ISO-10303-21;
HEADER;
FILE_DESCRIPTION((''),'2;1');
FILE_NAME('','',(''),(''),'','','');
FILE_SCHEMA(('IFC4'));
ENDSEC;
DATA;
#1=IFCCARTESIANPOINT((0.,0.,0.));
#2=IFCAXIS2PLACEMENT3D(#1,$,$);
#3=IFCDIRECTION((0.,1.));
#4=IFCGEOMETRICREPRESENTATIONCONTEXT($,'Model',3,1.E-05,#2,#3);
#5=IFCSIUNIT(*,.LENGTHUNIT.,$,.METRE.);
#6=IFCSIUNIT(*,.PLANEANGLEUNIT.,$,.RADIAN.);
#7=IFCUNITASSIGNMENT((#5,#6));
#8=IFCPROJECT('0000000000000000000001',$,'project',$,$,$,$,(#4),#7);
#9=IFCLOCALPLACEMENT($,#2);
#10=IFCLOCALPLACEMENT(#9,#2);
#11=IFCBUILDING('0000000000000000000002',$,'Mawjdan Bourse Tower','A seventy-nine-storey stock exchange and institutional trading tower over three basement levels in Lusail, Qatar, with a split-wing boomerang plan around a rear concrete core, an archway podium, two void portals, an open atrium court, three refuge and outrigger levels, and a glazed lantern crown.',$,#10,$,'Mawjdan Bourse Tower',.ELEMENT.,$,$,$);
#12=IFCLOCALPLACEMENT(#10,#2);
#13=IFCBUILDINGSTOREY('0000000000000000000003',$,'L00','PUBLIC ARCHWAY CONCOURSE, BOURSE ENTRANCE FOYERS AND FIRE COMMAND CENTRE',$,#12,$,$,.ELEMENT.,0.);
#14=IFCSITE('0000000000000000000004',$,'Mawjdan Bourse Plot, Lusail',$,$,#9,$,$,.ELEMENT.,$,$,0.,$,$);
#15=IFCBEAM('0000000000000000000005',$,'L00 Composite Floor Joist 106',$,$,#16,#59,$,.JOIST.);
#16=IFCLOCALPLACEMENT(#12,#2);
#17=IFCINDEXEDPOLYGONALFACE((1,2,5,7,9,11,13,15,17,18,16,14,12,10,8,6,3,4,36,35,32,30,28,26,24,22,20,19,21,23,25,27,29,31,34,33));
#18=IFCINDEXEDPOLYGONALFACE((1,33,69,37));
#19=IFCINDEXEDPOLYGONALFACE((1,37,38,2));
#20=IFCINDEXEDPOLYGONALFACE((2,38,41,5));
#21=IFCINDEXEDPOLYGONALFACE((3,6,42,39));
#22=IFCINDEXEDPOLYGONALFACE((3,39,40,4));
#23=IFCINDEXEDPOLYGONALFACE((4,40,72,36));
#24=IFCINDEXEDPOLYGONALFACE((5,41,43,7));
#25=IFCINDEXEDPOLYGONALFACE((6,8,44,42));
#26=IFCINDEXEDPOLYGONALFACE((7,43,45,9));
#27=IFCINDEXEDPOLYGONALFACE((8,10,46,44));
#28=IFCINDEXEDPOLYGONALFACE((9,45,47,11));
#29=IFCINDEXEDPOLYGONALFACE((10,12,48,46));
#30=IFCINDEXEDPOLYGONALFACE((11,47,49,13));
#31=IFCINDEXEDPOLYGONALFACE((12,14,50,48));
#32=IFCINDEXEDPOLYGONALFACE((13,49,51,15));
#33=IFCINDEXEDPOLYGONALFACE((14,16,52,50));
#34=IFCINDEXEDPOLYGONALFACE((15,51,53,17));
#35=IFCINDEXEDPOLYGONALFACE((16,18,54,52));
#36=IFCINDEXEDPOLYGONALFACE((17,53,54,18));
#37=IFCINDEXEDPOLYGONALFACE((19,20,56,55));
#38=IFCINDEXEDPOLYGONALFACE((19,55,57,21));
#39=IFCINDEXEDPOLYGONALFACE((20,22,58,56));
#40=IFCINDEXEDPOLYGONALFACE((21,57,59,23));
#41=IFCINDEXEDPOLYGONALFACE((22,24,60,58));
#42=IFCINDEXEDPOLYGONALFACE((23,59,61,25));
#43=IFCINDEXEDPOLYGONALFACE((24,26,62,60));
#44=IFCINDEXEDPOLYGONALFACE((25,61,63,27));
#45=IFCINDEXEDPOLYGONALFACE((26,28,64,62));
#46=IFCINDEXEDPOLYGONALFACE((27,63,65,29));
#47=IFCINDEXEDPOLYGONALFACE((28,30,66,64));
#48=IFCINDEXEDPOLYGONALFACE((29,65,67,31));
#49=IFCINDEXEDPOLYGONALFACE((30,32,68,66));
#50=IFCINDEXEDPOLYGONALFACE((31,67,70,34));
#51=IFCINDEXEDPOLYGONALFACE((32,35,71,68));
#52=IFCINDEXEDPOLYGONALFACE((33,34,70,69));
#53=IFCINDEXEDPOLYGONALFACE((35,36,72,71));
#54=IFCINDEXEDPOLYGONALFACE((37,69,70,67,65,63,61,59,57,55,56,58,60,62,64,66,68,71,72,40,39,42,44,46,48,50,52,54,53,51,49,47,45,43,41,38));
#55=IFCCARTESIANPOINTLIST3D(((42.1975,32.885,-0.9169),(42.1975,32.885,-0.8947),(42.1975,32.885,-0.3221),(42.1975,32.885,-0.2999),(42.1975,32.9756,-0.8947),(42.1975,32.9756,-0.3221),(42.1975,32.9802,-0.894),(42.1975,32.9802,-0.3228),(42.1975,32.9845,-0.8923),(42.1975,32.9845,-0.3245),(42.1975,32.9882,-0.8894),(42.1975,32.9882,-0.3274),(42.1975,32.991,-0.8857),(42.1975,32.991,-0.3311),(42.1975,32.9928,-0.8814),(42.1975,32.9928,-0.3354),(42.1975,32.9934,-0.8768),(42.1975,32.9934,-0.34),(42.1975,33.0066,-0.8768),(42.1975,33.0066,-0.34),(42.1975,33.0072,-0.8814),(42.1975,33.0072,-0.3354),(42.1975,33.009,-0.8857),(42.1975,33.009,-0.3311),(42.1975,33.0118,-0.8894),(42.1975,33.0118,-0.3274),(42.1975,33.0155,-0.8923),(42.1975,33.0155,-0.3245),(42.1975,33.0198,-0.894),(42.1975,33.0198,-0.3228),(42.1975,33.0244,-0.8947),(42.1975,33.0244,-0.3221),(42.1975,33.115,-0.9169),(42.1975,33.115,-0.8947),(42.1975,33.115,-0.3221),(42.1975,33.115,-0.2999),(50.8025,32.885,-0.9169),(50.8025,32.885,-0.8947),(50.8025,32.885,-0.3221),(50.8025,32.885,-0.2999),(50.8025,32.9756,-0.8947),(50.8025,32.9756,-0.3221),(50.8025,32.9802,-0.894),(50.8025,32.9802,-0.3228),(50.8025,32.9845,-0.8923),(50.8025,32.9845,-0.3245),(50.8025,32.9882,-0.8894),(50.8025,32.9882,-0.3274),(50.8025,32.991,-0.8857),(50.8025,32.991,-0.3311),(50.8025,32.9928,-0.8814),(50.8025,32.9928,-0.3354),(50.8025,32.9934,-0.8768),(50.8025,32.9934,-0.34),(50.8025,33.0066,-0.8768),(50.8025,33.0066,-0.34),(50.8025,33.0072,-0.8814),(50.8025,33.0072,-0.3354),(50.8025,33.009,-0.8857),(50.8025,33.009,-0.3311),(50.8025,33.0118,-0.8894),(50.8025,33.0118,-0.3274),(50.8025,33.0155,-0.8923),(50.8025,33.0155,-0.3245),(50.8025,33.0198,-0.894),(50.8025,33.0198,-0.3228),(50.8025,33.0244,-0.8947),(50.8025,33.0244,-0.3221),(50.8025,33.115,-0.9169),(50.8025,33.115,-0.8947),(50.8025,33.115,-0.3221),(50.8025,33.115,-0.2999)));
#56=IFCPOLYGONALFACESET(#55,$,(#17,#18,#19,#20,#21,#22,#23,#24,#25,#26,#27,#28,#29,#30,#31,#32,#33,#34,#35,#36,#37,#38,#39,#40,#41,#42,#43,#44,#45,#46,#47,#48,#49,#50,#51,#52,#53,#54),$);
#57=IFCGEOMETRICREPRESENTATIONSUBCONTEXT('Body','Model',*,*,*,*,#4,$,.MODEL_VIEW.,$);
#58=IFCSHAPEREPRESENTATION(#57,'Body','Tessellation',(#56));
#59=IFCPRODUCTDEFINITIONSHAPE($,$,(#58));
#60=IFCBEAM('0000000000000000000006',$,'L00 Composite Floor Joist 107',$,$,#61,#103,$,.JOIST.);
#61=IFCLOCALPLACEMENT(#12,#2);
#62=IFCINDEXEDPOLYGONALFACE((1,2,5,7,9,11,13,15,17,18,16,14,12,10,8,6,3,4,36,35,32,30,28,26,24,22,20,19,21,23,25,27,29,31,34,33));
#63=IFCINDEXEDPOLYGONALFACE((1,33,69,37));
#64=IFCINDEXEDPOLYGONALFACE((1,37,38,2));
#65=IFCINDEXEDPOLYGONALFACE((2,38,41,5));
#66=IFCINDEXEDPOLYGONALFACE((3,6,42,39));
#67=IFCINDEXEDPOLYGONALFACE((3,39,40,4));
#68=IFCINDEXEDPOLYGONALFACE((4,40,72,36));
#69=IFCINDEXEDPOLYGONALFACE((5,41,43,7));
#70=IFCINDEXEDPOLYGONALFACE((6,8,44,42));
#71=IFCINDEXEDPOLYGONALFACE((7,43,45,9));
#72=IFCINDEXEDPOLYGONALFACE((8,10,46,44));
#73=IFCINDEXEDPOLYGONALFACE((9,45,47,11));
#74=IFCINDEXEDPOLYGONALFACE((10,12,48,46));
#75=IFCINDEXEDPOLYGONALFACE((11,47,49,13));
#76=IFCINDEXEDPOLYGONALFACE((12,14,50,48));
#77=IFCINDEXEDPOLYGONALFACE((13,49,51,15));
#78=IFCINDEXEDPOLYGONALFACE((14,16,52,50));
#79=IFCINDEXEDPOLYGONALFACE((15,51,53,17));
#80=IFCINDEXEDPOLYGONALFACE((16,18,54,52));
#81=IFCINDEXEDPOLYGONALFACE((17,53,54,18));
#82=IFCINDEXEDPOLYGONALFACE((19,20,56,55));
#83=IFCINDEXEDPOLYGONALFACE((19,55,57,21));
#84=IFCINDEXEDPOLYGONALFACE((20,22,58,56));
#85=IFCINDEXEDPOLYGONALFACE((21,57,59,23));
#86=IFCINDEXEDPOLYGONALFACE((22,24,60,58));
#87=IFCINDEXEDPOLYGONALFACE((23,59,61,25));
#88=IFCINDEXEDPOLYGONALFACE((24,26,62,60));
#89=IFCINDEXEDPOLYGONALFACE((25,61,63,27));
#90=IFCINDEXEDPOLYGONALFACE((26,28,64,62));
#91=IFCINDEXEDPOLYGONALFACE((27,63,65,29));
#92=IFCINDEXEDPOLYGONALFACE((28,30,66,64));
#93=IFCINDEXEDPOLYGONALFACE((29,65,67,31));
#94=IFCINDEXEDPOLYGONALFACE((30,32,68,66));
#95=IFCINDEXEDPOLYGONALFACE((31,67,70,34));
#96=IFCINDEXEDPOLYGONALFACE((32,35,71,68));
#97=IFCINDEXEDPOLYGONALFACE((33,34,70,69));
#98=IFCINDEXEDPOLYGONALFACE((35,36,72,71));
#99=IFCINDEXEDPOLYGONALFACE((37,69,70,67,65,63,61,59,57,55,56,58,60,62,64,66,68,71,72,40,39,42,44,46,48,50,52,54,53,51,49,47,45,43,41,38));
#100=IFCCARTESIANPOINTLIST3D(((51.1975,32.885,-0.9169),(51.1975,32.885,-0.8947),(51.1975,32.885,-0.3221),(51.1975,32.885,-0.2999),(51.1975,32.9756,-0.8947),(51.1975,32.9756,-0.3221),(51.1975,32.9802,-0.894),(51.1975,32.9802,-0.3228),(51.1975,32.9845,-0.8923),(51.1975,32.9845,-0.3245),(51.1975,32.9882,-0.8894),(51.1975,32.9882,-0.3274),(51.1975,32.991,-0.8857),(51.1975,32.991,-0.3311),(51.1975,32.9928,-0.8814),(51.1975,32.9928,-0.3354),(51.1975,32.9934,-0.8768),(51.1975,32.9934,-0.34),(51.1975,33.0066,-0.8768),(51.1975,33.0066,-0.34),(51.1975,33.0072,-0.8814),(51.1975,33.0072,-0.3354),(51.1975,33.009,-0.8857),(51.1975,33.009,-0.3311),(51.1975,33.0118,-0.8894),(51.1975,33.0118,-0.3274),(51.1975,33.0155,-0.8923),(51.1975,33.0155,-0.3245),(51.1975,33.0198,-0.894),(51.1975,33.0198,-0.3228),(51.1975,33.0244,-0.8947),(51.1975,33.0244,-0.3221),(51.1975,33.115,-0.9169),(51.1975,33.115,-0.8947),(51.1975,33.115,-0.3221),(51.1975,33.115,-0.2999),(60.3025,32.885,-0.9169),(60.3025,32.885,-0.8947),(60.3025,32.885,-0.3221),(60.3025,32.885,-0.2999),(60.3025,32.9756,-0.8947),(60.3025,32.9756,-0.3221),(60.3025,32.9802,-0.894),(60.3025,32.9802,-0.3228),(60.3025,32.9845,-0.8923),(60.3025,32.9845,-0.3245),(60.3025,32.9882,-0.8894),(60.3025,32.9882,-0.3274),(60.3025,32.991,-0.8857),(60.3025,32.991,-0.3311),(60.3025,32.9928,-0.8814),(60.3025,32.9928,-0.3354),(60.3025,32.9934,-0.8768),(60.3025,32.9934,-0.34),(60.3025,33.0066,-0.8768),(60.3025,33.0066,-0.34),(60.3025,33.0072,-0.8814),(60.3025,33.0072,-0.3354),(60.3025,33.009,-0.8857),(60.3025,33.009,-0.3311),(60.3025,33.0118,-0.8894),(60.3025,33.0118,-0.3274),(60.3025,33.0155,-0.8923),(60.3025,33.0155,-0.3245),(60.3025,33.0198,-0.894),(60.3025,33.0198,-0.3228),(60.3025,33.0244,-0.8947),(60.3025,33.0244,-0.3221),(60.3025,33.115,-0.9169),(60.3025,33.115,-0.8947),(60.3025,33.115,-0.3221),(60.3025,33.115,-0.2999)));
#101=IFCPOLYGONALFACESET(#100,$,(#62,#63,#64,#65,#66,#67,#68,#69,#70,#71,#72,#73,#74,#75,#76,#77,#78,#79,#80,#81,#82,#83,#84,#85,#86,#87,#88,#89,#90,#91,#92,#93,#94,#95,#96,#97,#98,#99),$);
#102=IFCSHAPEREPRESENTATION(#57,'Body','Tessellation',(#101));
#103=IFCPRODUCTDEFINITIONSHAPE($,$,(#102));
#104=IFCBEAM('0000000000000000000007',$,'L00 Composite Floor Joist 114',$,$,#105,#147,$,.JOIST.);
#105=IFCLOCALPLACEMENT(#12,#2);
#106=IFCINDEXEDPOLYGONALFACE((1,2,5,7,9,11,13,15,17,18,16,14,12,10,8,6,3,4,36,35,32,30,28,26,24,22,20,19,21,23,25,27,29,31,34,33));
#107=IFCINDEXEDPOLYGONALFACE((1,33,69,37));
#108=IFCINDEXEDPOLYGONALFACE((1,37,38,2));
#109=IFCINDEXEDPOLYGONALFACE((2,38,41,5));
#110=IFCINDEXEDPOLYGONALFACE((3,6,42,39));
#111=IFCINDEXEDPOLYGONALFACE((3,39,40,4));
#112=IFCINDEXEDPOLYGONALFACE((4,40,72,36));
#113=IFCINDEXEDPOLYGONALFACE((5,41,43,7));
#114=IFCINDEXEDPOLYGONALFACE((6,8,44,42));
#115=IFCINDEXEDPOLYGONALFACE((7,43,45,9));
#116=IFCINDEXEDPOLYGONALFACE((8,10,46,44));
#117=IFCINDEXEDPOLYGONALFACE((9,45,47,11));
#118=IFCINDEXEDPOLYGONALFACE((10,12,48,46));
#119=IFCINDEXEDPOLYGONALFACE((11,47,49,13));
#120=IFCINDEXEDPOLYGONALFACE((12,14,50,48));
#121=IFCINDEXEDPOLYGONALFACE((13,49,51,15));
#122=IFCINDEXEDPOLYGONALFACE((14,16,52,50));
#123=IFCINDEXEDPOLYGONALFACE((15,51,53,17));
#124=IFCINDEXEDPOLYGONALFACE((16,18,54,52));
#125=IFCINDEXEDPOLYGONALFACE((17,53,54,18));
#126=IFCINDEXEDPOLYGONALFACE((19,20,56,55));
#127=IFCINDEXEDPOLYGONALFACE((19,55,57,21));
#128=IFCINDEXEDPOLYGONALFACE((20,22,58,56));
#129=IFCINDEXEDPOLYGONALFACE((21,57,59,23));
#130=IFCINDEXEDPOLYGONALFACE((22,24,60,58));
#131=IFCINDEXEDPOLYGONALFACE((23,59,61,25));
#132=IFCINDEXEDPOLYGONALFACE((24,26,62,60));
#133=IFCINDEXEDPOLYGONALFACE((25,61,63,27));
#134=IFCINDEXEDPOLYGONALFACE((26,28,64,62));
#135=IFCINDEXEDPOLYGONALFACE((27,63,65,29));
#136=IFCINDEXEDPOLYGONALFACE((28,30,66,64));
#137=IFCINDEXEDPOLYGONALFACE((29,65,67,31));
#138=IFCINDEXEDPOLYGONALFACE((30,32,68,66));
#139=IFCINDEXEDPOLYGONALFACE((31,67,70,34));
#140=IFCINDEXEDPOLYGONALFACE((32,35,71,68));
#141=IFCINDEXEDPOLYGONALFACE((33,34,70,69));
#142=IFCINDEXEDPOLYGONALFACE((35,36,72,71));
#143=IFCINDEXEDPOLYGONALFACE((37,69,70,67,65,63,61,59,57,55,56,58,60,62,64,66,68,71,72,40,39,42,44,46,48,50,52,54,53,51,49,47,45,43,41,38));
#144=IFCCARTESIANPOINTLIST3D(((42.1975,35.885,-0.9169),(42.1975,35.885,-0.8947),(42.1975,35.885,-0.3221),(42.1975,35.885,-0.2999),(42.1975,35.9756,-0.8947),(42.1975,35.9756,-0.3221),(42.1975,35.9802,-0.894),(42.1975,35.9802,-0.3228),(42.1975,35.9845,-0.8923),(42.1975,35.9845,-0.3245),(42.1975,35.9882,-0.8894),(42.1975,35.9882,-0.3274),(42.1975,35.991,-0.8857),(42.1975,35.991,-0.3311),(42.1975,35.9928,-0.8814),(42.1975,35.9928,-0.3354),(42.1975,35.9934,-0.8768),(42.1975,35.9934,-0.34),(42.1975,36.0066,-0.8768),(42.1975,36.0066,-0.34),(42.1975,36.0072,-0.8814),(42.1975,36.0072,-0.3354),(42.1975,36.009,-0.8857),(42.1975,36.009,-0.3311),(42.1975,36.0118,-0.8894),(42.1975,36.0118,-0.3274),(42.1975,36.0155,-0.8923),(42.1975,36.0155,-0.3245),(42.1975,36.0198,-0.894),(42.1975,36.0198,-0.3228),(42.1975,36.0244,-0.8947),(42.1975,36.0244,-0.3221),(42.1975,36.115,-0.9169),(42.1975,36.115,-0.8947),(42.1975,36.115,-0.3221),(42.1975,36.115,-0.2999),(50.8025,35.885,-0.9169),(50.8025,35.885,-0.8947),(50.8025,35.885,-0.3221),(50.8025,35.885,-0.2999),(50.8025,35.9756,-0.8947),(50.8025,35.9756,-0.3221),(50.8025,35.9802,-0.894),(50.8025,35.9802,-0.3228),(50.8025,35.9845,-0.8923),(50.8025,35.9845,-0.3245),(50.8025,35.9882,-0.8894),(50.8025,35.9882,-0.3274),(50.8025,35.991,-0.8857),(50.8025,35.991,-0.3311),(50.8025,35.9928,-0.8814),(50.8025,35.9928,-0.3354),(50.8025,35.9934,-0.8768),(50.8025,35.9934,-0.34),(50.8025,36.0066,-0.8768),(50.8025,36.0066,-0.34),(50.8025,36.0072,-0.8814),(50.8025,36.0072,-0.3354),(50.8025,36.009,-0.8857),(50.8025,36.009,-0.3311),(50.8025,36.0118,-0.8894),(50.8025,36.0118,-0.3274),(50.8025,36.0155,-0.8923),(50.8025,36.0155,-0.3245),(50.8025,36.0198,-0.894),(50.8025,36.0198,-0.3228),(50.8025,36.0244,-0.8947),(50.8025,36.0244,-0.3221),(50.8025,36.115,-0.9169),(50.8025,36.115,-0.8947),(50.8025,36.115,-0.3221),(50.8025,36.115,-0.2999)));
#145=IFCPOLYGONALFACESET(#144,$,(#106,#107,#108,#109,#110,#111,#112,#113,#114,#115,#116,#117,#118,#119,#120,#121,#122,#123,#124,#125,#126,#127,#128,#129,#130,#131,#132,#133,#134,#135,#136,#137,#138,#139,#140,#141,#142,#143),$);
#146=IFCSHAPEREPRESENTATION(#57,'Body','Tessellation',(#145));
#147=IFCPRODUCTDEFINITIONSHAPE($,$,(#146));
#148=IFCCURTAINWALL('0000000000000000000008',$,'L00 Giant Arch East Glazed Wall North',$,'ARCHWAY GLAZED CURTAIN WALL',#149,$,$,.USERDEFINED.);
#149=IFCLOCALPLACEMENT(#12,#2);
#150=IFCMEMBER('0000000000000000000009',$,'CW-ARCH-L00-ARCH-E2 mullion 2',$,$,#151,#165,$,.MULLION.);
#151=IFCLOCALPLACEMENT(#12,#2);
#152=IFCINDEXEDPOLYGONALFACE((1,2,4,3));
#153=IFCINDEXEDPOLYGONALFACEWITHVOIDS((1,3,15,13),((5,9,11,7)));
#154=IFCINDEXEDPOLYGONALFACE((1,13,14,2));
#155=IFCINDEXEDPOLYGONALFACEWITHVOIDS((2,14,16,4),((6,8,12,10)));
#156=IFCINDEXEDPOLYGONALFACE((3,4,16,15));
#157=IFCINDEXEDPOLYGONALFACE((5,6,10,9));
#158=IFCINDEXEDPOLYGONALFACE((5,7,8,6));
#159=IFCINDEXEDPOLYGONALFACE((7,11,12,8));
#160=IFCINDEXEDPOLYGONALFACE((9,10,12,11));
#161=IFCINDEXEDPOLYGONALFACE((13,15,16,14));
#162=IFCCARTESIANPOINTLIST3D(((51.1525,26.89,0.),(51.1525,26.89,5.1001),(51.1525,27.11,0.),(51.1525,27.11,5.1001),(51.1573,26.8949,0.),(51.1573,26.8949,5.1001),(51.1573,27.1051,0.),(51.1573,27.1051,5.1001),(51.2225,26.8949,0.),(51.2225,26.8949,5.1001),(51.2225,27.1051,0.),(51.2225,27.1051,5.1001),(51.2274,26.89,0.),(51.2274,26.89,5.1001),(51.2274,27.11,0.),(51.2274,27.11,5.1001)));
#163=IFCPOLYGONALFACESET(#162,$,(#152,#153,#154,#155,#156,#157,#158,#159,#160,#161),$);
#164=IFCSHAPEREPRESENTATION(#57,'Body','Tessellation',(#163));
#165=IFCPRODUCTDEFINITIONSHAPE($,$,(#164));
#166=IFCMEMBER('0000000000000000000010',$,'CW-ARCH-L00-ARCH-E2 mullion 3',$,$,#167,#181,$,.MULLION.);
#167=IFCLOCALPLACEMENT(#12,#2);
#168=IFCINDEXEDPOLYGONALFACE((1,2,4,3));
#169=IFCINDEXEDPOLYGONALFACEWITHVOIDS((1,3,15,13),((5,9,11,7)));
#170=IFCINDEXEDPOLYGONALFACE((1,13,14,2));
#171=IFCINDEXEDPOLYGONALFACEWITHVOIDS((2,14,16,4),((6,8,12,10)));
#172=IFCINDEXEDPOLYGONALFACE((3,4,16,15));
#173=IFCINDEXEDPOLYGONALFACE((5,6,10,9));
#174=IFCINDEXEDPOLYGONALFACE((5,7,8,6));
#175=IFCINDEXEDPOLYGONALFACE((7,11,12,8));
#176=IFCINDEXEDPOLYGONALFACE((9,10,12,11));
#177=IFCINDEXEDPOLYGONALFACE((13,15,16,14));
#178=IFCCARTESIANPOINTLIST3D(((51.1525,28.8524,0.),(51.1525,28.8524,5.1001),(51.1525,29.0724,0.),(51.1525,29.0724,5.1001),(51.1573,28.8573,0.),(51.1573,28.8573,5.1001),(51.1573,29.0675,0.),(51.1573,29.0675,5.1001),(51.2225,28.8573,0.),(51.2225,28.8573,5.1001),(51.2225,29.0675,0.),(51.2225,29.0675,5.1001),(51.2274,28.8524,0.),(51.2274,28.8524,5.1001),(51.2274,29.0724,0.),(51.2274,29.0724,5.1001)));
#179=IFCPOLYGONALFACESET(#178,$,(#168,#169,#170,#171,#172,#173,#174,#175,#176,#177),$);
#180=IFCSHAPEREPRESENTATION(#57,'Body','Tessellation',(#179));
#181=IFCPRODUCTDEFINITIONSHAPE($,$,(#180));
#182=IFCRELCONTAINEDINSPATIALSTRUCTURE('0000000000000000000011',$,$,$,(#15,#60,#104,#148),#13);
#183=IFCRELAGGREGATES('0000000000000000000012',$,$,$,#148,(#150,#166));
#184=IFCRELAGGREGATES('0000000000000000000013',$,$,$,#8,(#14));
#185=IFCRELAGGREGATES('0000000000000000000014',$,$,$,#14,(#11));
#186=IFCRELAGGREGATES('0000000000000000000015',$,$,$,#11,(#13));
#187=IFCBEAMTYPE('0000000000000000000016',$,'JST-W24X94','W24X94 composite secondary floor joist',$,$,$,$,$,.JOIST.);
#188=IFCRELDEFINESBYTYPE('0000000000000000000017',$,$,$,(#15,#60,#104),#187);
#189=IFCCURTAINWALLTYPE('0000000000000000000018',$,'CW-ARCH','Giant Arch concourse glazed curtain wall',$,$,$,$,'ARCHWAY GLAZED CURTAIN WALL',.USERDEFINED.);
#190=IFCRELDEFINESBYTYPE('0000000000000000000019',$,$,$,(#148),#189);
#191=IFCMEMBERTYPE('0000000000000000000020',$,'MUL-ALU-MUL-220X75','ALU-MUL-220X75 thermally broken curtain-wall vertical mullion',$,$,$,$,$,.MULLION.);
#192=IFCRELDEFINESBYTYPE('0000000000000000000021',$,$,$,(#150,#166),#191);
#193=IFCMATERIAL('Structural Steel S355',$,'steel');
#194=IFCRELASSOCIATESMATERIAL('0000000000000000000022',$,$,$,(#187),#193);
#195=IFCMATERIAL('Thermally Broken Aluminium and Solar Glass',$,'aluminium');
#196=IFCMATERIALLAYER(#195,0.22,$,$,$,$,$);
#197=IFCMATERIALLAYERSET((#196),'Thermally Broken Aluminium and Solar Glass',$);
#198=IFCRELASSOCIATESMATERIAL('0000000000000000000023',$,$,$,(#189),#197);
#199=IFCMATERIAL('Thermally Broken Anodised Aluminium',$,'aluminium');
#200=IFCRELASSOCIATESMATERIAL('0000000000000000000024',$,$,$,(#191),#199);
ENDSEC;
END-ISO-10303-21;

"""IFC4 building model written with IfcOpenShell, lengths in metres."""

from ifc_helpers import new_model, si_unit, direction, frame, origin, origin_2d, place, context, subcontext, project, spatial, hollow_rectangle, i_section, extrude, material, layer, layer_set, material_profile, profile_set, type_object, element, aggregate, save


model = new_model("IFC4")

# Units and contexts
model_context = context("Model", 3, precision=1e-05, world=origin(), true_north=direction((0.0, 1.0)))
body_context = subcontext(model_context, "Body", "Model", "MODEL_VIEW")
ifc_project = project(units=[si_unit("LENGTHUNIT", "METRE"), si_unit("PLANEANGLEUNIT", "RADIAN")], contexts=[model_context])

# Site, building, storey
site_placement = place(None, origin())
site = spatial("IfcSite", under=ifc_project, at=site_placement, Name="Mawjdan Bourse Plot, Lusail", CompositionType="ELEMENT", RefElevation=0.0)
building_placement = place(site_placement, origin())
building = spatial("IfcBuilding", under=site, at=building_placement, Name="Mawjdan Bourse Tower", Description="A seventy-nine-storey stock exchange and institutional trading tower over three basement levels in Lusail, Qatar, with a split-wing boomerang plan around a rear concrete core, an archway podium, two void portals, an open atrium court, three refuge and outrigger levels, and a glazed lantern crown.", LongName="Mawjdan Bourse Tower", CompositionType="ELEMENT")
storey_placement = place(building_placement, origin())
storey = spatial("IfcBuildingStorey", under=building, at=storey_placement, Name="L00", Description="PUBLIC ARCHWAY CONCOURSE, BOURSE ENTRANCE FOYERS AND FIRE COMMAND CENTRE", CompositionType="ELEMENT", Elevation=0.0)

# Beams
ifc_material_1 = material(Name="Structural Steel S355", Category="steel")
ifc_material_profile_1 = material_profile(ifc_material_1, i_section(OverallWidth=0.23, OverallDepth=0.6169, WebThickness=0.0132, FlangeThickness=0.0222, FilletRadius=0.0178, at=origin_2d()), Name="W24X94")
ifc_profile_set_1 = profile_set([ifc_material_profile_1], Name="Structural Steel S355")
beam_type_1 = type_object("IfcBeamType", Name="JST-W24X94", Description="W24X94 composite secondary floor joist", PredefinedType="JOIST", material=ifc_profile_set_1)
beam_1_placement = place(storey_placement, frame((42.1975, 33.0, -0.6084), z_axis=(1.0, 0.0, 0.0), x_axis=(0.0, 1.0, 0.0)))
element("IfcBeam", 1, at=beam_1_placement, inside=storey, type_object=beam_type_1, Name="L00 Composite Floor Joist 106", PredefinedType="JOIST", context=body_context, shape_type="SweptSolid", body=[
    extrude(i_section(OverallWidth=0.23, OverallDepth=0.6169, WebThickness=0.0132, FlangeThickness=0.0222, FilletRadius=0.0178, at=origin_2d()), origin(), (0.0, 0.0, 1.0), 8.605),
])
beam_2_placement = place(storey_placement, frame((51.1975, 33.0, -0.6084), z_axis=(1.0, 0.0, 0.0), x_axis=(0.0, 1.0, 0.0)))
element("IfcBeam", 2, at=beam_2_placement, inside=storey, type_object=beam_type_1, Name="L00 Composite Floor Joist 107", PredefinedType="JOIST", context=body_context, shape_type="SweptSolid", body=[
    extrude(i_section(OverallWidth=0.23, OverallDepth=0.6169, WebThickness=0.0132, FlangeThickness=0.0222, FilletRadius=0.0178, at=origin_2d()), origin(), (0.0, 0.0, 1.0), 9.105),
])
beam_3_placement = place(storey_placement, frame((42.1975, 36.0, -0.6084), z_axis=(1.0, 0.0, 0.0), x_axis=(0.0, 1.0, 0.0)))
element("IfcBeam", 3, at=beam_3_placement, inside=storey, type_object=beam_type_1, Name="L00 Composite Floor Joist 114", PredefinedType="JOIST", context=body_context, shape_type="SweptSolid", body=[
    extrude(i_section(OverallWidth=0.23, OverallDepth=0.6169, WebThickness=0.0132, FlangeThickness=0.0222, FilletRadius=0.0178, at=origin_2d()), origin(), (0.0, 0.0, 1.0), 8.605),
])

# Curtain wall, members
ifc_material_2 = material(Name="Thermally Broken Aluminium and Solar Glass", Category="aluminium")
ifc_layer_1 = layer(ifc_material_2, 0.22)
ifc_layer_set_1 = layer_set([ifc_layer_1], Name="Thermally Broken Aluminium and Solar Glass")
curtain_wall_type = type_object("IfcCurtainWallType", Name="CW-ARCH", Description="Giant Arch concourse glazed curtain wall", ElementType="ARCHWAY GLAZED CURTAIN WALL", PredefinedType="USERDEFINED", material=ifc_layer_set_1)
curtain_wall_placement = place(storey_placement, origin())
curtain_wall = element("IfcCurtainWall", 4, at=curtain_wall_placement, inside=storey, type_object=curtain_wall_type, Name="L00 Giant Arch East Glazed Wall North", ObjectType="ARCHWAY GLAZED CURTAIN WALL", PredefinedType="USERDEFINED")
ifc_material_3 = material(Name="Thermally Broken Anodised Aluminium", Category="aluminium")
ifc_material_profile_2 = material_profile(ifc_material_3, hollow_rectangle(XDim=0.075, YDim=0.22, WallThickness=0.0049, at=origin_2d()), Name="ALU-MUL-220X75")
ifc_profile_set_2 = profile_set([ifc_material_profile_2], Name="Thermally Broken Anodised Aluminium")
member_type_1 = type_object("IfcMemberType", Name="MUL-ALU-MUL-220X75", Description="ALU-MUL-220X75 thermally broken curtain-wall vertical mullion", PredefinedType="MULLION", material=ifc_profile_set_2)
member_1_placement = place(storey_placement, frame((51.1899, 27.0, 0.0), z_axis=(0.0, 0.0, 1.0), x_axis=(-1.0, 0.0, 0.0)))
member_1 = element("IfcMember", 5, at=member_1_placement, type_object=member_type_1, Name="CW-ARCH-L00-ARCH-E2 mullion 2", PredefinedType="MULLION", context=body_context, shape_type="SweptSolid", body=[
    extrude(hollow_rectangle(XDim=0.075, YDim=0.22, WallThickness=0.0049, at=origin_2d()), origin(), (0.0, 0.0, 1.0), 5.1001),
])
member_2_placement = place(storey_placement, frame((51.1899, 28.9624, 0.0), z_axis=(0.0, 0.0, 1.0), x_axis=(-1.0, 0.0, 0.0)))
member_2 = element("IfcMember", 6, at=member_2_placement, type_object=member_type_1, Name="CW-ARCH-L00-ARCH-E2 mullion 3", PredefinedType="MULLION", context=body_context, shape_type="SweptSolid", body=[
    extrude(hollow_rectangle(XDim=0.075, YDim=0.22, WallThickness=0.0049, at=origin_2d()), origin(), (0.0, 0.0, 1.0), 5.1001),
])
aggregate(curtain_wall, [member_1, member_2])

save(model, "model.ifc")
